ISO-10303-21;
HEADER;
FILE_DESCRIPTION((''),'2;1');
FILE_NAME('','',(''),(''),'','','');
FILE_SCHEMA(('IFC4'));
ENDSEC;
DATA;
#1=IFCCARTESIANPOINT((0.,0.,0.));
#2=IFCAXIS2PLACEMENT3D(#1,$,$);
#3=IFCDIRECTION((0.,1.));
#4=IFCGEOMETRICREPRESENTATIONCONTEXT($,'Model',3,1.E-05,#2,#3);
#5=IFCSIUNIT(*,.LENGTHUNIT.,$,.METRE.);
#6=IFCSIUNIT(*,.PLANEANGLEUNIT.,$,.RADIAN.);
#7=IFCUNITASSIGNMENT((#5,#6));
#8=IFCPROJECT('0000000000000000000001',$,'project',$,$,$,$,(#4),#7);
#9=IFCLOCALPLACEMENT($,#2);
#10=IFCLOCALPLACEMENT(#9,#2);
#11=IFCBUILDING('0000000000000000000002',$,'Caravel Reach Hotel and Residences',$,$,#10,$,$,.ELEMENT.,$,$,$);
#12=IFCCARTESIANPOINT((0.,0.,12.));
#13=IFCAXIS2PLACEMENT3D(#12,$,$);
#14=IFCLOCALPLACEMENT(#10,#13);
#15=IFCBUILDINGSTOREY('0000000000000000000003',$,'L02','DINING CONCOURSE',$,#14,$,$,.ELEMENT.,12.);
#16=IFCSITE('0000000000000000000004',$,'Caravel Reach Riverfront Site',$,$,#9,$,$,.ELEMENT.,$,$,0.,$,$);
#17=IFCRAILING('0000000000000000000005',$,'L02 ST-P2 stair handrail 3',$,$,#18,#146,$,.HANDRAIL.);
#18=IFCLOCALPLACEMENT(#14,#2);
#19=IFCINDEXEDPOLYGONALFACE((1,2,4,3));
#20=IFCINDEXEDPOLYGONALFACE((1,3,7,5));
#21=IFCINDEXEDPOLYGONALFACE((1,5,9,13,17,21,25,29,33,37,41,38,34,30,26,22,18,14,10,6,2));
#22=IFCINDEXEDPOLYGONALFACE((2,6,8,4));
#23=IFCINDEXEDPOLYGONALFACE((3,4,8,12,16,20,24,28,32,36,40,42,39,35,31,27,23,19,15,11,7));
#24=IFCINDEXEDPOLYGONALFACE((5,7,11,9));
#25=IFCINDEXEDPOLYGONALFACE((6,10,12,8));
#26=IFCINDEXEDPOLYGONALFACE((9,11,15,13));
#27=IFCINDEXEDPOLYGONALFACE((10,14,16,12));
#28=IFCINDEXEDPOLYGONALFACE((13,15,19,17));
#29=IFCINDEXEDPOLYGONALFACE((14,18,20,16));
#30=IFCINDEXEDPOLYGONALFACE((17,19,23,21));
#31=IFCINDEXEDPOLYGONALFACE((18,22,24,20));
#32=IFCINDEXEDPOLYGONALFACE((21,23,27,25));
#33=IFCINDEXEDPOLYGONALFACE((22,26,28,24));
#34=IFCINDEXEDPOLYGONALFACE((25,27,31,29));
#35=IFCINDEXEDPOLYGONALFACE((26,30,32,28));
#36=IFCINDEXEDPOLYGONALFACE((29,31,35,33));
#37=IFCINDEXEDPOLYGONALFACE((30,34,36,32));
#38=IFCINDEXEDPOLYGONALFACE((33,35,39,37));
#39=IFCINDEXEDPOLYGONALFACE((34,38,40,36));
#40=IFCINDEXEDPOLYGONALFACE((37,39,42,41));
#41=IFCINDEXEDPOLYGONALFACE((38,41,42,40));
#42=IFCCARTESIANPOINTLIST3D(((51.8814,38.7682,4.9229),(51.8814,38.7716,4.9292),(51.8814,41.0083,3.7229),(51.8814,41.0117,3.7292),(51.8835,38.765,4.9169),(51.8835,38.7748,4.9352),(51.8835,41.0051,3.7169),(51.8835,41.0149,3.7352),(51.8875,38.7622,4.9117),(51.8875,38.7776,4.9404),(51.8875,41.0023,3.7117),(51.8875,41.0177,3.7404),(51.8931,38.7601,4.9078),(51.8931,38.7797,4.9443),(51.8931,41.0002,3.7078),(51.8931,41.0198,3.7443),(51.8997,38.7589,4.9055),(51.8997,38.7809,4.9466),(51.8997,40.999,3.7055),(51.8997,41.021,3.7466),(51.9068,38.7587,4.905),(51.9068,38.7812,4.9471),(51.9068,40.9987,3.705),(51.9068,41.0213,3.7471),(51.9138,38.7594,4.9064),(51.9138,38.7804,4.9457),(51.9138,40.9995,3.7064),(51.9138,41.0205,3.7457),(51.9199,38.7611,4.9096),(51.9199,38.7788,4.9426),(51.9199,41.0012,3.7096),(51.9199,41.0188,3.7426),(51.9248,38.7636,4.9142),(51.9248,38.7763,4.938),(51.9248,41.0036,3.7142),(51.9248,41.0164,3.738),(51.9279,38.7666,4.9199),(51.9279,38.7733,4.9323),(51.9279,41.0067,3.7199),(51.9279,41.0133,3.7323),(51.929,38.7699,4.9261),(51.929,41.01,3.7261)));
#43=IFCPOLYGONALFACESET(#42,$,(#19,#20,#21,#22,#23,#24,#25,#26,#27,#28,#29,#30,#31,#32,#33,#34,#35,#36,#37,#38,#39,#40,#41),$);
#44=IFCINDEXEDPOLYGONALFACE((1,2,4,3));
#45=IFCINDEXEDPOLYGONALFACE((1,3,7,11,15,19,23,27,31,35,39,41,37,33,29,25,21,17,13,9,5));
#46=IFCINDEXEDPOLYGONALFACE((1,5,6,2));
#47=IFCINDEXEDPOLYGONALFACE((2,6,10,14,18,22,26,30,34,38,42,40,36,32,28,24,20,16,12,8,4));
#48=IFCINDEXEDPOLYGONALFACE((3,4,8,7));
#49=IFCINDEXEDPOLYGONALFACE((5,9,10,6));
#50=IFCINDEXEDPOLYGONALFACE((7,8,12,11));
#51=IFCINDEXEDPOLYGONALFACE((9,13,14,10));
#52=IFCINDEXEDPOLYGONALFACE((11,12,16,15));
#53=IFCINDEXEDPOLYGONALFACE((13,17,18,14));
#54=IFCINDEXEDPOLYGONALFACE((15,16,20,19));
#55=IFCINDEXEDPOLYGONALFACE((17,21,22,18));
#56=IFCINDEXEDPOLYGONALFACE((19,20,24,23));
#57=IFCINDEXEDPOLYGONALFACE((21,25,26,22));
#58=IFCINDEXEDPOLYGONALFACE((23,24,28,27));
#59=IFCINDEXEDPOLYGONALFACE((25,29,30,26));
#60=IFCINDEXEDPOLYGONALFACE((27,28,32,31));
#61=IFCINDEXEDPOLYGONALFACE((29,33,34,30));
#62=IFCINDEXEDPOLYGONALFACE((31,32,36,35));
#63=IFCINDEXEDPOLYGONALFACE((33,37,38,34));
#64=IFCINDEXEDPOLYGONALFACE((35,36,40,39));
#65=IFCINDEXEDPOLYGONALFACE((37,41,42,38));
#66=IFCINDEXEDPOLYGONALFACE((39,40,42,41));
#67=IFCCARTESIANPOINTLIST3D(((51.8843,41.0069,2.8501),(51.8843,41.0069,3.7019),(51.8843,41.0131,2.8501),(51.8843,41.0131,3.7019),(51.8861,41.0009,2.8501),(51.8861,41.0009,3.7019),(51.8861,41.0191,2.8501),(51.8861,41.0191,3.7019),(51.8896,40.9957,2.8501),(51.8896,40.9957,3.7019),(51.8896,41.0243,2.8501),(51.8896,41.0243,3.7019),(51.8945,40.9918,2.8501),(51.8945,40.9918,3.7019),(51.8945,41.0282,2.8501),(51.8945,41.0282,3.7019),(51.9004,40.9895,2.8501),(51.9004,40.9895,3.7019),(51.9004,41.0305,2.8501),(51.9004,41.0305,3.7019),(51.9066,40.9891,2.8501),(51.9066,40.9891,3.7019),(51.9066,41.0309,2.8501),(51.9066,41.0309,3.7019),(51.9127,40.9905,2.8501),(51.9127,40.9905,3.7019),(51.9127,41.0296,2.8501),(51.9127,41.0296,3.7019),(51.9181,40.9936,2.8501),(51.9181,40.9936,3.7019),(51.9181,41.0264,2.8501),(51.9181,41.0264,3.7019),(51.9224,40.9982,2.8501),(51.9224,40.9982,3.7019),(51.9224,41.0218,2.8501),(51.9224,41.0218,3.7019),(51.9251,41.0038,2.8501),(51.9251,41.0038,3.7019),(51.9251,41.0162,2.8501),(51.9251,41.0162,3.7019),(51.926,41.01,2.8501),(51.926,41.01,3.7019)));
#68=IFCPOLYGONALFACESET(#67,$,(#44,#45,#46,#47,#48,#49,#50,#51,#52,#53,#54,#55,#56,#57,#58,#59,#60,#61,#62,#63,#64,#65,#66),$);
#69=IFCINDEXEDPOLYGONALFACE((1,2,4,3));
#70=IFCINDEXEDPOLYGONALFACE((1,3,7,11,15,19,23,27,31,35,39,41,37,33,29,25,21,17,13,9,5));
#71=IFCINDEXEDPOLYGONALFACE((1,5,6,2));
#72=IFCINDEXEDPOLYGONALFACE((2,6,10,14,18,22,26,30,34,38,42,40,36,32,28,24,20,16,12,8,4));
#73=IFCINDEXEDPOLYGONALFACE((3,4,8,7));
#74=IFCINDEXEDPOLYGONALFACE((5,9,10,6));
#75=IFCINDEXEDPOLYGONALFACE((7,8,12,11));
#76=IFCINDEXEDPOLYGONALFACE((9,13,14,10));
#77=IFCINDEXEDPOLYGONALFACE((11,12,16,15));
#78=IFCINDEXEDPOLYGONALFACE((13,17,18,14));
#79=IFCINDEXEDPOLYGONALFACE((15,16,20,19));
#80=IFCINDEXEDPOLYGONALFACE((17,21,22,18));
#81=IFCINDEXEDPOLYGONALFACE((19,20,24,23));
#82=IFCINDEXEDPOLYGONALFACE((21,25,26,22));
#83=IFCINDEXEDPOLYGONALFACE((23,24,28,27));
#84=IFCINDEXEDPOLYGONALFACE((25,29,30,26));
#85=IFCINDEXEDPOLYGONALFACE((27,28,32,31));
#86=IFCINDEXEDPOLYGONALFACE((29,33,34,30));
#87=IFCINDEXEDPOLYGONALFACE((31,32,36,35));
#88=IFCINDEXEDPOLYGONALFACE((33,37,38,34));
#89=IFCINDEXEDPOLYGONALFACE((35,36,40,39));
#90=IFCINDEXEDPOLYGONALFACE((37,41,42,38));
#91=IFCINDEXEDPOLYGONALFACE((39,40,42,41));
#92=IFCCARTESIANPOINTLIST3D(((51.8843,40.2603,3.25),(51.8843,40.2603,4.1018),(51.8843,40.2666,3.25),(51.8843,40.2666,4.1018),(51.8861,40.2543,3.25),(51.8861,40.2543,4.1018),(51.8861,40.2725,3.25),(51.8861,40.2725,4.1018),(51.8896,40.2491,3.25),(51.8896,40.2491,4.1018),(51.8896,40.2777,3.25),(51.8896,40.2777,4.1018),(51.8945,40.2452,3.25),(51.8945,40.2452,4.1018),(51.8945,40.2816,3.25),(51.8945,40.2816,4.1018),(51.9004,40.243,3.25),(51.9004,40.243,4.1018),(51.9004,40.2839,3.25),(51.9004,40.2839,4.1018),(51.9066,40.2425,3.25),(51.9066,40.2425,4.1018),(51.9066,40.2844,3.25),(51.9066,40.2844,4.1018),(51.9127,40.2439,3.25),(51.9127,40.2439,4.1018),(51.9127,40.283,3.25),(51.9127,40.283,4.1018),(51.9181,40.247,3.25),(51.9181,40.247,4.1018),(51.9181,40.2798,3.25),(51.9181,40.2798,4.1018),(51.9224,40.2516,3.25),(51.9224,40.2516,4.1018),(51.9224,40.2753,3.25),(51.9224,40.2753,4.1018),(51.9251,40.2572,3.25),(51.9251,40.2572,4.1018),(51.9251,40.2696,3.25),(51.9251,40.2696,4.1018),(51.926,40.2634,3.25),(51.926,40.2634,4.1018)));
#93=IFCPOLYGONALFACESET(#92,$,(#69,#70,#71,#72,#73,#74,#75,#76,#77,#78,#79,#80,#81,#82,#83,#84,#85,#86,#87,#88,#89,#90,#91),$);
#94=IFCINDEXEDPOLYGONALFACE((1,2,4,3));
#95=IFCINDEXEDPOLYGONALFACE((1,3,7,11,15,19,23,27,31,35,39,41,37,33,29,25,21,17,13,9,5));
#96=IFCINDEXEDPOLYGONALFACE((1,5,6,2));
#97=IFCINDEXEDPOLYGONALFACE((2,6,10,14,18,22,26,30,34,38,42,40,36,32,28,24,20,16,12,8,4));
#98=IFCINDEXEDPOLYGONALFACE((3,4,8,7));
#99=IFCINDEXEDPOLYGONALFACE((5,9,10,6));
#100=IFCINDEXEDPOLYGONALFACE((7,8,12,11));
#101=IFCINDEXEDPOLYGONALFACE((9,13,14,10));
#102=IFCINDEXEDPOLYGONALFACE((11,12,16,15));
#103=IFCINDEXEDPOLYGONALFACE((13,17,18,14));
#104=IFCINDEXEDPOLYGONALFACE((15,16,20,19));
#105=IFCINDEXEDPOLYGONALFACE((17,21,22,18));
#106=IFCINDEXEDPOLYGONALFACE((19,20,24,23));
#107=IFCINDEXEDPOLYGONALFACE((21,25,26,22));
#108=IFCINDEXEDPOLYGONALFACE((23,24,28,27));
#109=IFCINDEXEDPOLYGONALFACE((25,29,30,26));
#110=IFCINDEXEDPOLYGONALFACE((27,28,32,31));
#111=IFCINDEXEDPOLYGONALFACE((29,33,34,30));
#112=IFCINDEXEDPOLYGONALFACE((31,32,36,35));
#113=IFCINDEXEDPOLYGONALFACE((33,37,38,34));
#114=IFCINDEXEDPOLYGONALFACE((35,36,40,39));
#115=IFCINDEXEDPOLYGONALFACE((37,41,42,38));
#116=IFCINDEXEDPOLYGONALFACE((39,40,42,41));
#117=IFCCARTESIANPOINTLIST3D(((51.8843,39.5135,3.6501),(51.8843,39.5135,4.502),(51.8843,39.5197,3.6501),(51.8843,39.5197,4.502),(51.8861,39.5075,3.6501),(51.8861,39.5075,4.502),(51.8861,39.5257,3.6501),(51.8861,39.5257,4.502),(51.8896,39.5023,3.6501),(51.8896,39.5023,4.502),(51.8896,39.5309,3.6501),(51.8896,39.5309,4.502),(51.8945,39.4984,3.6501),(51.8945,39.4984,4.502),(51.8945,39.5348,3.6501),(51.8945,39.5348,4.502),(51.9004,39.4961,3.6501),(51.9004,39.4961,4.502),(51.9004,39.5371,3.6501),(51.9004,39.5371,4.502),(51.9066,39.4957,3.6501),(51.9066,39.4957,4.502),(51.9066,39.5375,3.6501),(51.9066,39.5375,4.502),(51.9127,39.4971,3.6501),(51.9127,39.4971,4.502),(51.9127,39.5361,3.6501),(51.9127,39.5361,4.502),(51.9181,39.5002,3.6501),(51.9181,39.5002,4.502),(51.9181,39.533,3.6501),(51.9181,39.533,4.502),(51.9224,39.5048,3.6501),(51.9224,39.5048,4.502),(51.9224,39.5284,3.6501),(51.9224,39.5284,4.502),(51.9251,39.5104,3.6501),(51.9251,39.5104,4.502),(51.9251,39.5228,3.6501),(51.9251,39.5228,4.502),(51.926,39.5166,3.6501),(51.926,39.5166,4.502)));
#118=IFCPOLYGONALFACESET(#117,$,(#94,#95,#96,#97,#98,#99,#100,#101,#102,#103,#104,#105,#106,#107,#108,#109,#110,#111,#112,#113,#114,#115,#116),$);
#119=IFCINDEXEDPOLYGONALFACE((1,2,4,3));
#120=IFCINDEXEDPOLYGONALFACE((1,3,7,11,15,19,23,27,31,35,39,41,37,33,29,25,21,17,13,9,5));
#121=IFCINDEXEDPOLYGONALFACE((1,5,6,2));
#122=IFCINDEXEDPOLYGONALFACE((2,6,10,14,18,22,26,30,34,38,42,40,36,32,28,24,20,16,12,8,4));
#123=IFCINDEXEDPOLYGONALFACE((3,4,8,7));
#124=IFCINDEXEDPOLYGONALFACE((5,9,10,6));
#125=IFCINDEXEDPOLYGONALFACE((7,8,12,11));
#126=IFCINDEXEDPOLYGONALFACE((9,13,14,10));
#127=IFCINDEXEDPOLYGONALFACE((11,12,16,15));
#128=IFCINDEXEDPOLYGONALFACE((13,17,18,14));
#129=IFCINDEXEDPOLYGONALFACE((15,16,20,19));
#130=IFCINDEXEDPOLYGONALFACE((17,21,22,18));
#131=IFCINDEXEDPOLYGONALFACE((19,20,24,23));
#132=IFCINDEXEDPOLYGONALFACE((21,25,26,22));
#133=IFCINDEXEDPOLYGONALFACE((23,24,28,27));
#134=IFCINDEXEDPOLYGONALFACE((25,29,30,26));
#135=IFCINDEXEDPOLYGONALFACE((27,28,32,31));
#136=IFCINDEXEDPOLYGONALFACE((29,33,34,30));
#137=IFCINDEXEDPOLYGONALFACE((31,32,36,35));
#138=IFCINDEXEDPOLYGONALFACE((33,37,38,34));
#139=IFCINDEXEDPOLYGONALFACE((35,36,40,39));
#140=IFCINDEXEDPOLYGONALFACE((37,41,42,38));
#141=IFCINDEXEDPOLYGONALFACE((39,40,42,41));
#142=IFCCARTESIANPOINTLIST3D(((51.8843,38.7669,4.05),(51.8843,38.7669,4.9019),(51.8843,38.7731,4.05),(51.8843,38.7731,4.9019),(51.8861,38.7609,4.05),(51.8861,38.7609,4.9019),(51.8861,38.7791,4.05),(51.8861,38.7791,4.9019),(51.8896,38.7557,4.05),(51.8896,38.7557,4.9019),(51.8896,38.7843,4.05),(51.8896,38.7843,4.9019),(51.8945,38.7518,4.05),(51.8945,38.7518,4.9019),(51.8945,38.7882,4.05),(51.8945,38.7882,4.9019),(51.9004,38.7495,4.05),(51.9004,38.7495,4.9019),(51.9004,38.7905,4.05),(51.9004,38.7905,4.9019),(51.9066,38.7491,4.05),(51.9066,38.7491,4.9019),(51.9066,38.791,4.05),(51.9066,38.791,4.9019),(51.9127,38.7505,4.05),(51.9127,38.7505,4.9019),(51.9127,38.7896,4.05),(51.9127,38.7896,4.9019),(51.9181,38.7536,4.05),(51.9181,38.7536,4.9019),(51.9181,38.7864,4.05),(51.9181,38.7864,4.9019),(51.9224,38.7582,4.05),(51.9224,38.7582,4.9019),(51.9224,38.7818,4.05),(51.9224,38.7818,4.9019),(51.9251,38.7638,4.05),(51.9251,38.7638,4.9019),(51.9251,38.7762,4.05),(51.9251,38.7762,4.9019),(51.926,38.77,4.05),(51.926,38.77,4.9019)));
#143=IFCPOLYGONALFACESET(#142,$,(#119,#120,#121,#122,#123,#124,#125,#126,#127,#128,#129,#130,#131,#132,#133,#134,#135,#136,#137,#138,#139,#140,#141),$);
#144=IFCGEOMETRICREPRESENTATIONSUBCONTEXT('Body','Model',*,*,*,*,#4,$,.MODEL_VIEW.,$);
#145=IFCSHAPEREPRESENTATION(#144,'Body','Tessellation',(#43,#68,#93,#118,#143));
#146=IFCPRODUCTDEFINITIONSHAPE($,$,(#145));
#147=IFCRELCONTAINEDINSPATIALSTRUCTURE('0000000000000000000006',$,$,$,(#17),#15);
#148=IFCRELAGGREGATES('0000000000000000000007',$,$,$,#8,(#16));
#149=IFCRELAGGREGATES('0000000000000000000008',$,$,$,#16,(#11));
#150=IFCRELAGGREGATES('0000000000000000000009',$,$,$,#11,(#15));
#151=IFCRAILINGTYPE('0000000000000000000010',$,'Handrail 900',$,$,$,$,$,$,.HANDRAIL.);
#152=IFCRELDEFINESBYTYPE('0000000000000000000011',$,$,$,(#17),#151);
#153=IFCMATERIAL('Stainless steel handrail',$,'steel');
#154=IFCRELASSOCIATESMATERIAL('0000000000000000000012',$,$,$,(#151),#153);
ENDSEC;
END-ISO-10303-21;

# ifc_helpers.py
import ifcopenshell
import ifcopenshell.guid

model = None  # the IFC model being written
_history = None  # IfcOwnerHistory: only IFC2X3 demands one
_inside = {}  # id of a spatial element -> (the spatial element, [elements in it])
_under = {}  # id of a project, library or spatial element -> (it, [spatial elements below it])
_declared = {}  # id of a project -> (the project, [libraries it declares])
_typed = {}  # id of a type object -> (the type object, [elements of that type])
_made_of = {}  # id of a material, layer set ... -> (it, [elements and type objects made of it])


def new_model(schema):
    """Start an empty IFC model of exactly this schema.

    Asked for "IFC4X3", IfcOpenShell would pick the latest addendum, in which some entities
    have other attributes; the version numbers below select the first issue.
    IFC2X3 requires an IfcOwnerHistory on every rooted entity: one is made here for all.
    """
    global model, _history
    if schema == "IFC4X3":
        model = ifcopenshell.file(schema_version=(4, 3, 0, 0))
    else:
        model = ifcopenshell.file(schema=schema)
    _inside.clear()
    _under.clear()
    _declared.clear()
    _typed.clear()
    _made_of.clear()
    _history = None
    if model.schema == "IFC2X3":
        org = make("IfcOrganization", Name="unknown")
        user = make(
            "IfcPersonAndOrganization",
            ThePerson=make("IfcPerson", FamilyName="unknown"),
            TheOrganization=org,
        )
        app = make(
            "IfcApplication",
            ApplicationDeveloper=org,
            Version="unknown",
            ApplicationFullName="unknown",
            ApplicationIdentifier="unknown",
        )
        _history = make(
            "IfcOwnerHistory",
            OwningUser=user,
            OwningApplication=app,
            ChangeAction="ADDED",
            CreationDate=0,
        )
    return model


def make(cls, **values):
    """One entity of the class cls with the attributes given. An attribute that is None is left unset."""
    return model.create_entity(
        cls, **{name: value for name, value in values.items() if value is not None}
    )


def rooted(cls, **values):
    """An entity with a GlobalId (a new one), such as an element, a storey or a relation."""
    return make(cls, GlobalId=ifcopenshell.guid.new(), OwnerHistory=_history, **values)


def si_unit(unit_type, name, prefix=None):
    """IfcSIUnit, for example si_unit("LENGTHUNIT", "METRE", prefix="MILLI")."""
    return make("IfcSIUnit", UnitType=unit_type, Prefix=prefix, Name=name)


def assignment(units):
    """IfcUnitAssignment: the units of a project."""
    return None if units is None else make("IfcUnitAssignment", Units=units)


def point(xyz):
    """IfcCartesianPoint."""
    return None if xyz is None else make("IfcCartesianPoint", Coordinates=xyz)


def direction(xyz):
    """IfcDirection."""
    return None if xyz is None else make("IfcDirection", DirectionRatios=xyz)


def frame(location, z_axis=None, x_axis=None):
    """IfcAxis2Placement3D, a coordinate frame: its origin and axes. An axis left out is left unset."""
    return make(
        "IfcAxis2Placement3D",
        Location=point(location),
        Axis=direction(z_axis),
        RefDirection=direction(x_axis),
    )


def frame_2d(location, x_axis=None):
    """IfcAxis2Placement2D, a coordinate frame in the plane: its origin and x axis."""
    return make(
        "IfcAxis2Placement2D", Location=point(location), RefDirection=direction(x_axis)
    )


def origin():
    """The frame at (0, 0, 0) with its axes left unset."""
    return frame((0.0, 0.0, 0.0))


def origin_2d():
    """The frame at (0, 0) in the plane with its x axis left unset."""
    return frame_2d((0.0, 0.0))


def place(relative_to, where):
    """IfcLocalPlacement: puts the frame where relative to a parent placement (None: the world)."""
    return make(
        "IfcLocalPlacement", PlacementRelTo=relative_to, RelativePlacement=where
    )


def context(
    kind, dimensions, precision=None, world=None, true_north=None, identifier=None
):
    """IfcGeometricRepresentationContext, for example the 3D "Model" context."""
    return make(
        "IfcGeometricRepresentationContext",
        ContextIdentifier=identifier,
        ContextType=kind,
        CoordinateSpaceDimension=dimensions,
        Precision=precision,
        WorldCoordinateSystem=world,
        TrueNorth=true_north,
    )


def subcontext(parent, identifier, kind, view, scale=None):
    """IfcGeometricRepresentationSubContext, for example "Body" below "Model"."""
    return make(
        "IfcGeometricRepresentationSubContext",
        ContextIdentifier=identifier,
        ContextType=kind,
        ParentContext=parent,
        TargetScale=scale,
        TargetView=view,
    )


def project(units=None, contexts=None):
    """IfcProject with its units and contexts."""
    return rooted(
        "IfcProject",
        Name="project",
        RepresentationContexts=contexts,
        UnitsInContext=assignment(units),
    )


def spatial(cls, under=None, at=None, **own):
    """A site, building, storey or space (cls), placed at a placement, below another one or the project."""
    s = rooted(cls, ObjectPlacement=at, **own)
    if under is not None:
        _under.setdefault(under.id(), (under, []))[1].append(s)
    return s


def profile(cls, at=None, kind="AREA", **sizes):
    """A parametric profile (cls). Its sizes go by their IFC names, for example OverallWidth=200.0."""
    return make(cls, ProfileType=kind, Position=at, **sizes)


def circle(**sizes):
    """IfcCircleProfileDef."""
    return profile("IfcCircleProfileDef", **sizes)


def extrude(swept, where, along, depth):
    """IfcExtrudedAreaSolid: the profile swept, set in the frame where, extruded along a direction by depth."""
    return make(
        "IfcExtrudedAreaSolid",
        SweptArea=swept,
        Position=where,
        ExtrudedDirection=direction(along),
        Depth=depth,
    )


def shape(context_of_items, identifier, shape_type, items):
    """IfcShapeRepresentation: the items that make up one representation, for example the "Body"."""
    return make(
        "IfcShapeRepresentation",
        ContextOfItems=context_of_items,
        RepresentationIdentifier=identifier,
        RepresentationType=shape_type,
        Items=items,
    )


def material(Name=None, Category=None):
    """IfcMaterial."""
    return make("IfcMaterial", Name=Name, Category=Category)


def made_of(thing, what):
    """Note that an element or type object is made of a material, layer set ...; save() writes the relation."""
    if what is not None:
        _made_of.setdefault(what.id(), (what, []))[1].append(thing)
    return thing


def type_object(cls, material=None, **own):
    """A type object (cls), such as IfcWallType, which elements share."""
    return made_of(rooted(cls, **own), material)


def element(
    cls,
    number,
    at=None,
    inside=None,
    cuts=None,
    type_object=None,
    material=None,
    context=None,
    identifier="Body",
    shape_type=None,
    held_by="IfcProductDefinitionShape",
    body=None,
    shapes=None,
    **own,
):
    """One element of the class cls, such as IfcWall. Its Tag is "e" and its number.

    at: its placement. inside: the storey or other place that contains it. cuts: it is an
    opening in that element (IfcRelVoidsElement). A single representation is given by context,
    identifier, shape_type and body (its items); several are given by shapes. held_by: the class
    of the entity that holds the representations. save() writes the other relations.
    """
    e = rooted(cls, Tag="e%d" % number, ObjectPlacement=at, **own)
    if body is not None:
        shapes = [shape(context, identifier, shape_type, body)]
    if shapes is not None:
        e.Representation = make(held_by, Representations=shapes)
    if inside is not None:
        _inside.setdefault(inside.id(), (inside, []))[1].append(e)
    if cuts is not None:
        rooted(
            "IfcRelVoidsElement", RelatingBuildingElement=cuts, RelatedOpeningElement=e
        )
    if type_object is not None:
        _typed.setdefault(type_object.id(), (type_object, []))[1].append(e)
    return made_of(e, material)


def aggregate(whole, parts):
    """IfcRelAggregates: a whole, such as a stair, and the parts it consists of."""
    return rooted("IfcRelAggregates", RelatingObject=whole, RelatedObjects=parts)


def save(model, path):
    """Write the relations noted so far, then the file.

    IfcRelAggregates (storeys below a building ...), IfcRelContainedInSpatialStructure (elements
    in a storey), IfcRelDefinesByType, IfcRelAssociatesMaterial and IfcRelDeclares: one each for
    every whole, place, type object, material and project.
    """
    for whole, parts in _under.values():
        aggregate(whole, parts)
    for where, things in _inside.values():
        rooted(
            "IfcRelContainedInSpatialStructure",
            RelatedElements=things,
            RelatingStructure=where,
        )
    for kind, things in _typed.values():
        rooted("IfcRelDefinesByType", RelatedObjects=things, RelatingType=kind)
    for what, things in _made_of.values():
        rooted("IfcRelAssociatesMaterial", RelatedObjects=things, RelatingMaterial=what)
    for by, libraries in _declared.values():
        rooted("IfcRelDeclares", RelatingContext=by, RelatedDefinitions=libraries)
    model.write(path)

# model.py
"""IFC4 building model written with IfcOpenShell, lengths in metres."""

from ifc_helpers import new_model, si_unit, direction, frame, origin, origin_2d, place, context, subcontext, project, spatial, circle, extrude, material, type_object, element, save


model = new_model("IFC4")

# Units and contexts
model_context = context("Model", 3, precision=1e-05, world=origin(), true_north=direction((0.0, 1.0)))
body_context = subcontext(model_context, "Body", "Model", "MODEL_VIEW")
ifc_project = project(units=[si_unit("LENGTHUNIT", "METRE"), si_unit("PLANEANGLEUNIT", "RADIAN")], contexts=[model_context])

# Site, building, storey
site_placement = place(None, origin())
site = spatial("IfcSite", under=ifc_project, at=site_placement, Name="Caravel Reach Riverfront Site", CompositionType="ELEMENT", RefElevation=0.0)
building_placement = place(site_placement, origin())
building = spatial("IfcBuilding", under=site, at=building_placement, Name="Caravel Reach Hotel and Residences", CompositionType="ELEMENT")
storey_placement = place(building_placement, frame((0.0, 0.0, 12.0)))
storey = spatial("IfcBuildingStorey", under=building, at=storey_placement, Name="L02", Description="DINING CONCOURSE", CompositionType="ELEMENT", Elevation=12.0)

# Railing
ifc_material_1 = material(Name="Stainless steel handrail", Category="steel")
railing_type_1 = type_object("IfcRailingType", Name="Handrail 900", PredefinedType="HANDRAIL", material=ifc_material_1)
railing_1_placement = place(storey_placement, frame((51.905, 41.01, 2.8501)))
element("IfcRailing", 1, at=railing_1_placement, inside=storey, type_object=railing_type_1, Name="L02 ST-P2 stair handrail 3", PredefinedType="HANDRAIL", context=body_context, shape_type="SweptSolid", body=[
    extrude(circle(Radius=0.0239, at=origin_2d()), frame((0.0, 0.0, 0.876), z_axis=(0.0, -0.881487, 0.472208), x_axis=(1.0, 0.0, 0.0)), (0.0, 0.0, 1.0), 2.5413),
    extrude(circle(Radius=0.021, at=origin_2d()), origin(), (0.0, 0.0, 1.0), 0.8518),
    extrude(circle(Radius=0.021, at=origin_2d()), frame((0.0, -0.7466, 0.3999)), (0.0, 0.0, 1.0), 0.8518),
    extrude(circle(Radius=0.021, at=origin_2d()), frame((0.0, -1.4934, 0.8)), (0.0, 0.0, 1.0), 0.8518),
    extrude(circle(Radius=0.021, at=origin_2d()), frame((0.0, -2.24, 1.2)), (0.0, 0.0, 1.0), 0.8518),
])

save(model, "model.ifc")
